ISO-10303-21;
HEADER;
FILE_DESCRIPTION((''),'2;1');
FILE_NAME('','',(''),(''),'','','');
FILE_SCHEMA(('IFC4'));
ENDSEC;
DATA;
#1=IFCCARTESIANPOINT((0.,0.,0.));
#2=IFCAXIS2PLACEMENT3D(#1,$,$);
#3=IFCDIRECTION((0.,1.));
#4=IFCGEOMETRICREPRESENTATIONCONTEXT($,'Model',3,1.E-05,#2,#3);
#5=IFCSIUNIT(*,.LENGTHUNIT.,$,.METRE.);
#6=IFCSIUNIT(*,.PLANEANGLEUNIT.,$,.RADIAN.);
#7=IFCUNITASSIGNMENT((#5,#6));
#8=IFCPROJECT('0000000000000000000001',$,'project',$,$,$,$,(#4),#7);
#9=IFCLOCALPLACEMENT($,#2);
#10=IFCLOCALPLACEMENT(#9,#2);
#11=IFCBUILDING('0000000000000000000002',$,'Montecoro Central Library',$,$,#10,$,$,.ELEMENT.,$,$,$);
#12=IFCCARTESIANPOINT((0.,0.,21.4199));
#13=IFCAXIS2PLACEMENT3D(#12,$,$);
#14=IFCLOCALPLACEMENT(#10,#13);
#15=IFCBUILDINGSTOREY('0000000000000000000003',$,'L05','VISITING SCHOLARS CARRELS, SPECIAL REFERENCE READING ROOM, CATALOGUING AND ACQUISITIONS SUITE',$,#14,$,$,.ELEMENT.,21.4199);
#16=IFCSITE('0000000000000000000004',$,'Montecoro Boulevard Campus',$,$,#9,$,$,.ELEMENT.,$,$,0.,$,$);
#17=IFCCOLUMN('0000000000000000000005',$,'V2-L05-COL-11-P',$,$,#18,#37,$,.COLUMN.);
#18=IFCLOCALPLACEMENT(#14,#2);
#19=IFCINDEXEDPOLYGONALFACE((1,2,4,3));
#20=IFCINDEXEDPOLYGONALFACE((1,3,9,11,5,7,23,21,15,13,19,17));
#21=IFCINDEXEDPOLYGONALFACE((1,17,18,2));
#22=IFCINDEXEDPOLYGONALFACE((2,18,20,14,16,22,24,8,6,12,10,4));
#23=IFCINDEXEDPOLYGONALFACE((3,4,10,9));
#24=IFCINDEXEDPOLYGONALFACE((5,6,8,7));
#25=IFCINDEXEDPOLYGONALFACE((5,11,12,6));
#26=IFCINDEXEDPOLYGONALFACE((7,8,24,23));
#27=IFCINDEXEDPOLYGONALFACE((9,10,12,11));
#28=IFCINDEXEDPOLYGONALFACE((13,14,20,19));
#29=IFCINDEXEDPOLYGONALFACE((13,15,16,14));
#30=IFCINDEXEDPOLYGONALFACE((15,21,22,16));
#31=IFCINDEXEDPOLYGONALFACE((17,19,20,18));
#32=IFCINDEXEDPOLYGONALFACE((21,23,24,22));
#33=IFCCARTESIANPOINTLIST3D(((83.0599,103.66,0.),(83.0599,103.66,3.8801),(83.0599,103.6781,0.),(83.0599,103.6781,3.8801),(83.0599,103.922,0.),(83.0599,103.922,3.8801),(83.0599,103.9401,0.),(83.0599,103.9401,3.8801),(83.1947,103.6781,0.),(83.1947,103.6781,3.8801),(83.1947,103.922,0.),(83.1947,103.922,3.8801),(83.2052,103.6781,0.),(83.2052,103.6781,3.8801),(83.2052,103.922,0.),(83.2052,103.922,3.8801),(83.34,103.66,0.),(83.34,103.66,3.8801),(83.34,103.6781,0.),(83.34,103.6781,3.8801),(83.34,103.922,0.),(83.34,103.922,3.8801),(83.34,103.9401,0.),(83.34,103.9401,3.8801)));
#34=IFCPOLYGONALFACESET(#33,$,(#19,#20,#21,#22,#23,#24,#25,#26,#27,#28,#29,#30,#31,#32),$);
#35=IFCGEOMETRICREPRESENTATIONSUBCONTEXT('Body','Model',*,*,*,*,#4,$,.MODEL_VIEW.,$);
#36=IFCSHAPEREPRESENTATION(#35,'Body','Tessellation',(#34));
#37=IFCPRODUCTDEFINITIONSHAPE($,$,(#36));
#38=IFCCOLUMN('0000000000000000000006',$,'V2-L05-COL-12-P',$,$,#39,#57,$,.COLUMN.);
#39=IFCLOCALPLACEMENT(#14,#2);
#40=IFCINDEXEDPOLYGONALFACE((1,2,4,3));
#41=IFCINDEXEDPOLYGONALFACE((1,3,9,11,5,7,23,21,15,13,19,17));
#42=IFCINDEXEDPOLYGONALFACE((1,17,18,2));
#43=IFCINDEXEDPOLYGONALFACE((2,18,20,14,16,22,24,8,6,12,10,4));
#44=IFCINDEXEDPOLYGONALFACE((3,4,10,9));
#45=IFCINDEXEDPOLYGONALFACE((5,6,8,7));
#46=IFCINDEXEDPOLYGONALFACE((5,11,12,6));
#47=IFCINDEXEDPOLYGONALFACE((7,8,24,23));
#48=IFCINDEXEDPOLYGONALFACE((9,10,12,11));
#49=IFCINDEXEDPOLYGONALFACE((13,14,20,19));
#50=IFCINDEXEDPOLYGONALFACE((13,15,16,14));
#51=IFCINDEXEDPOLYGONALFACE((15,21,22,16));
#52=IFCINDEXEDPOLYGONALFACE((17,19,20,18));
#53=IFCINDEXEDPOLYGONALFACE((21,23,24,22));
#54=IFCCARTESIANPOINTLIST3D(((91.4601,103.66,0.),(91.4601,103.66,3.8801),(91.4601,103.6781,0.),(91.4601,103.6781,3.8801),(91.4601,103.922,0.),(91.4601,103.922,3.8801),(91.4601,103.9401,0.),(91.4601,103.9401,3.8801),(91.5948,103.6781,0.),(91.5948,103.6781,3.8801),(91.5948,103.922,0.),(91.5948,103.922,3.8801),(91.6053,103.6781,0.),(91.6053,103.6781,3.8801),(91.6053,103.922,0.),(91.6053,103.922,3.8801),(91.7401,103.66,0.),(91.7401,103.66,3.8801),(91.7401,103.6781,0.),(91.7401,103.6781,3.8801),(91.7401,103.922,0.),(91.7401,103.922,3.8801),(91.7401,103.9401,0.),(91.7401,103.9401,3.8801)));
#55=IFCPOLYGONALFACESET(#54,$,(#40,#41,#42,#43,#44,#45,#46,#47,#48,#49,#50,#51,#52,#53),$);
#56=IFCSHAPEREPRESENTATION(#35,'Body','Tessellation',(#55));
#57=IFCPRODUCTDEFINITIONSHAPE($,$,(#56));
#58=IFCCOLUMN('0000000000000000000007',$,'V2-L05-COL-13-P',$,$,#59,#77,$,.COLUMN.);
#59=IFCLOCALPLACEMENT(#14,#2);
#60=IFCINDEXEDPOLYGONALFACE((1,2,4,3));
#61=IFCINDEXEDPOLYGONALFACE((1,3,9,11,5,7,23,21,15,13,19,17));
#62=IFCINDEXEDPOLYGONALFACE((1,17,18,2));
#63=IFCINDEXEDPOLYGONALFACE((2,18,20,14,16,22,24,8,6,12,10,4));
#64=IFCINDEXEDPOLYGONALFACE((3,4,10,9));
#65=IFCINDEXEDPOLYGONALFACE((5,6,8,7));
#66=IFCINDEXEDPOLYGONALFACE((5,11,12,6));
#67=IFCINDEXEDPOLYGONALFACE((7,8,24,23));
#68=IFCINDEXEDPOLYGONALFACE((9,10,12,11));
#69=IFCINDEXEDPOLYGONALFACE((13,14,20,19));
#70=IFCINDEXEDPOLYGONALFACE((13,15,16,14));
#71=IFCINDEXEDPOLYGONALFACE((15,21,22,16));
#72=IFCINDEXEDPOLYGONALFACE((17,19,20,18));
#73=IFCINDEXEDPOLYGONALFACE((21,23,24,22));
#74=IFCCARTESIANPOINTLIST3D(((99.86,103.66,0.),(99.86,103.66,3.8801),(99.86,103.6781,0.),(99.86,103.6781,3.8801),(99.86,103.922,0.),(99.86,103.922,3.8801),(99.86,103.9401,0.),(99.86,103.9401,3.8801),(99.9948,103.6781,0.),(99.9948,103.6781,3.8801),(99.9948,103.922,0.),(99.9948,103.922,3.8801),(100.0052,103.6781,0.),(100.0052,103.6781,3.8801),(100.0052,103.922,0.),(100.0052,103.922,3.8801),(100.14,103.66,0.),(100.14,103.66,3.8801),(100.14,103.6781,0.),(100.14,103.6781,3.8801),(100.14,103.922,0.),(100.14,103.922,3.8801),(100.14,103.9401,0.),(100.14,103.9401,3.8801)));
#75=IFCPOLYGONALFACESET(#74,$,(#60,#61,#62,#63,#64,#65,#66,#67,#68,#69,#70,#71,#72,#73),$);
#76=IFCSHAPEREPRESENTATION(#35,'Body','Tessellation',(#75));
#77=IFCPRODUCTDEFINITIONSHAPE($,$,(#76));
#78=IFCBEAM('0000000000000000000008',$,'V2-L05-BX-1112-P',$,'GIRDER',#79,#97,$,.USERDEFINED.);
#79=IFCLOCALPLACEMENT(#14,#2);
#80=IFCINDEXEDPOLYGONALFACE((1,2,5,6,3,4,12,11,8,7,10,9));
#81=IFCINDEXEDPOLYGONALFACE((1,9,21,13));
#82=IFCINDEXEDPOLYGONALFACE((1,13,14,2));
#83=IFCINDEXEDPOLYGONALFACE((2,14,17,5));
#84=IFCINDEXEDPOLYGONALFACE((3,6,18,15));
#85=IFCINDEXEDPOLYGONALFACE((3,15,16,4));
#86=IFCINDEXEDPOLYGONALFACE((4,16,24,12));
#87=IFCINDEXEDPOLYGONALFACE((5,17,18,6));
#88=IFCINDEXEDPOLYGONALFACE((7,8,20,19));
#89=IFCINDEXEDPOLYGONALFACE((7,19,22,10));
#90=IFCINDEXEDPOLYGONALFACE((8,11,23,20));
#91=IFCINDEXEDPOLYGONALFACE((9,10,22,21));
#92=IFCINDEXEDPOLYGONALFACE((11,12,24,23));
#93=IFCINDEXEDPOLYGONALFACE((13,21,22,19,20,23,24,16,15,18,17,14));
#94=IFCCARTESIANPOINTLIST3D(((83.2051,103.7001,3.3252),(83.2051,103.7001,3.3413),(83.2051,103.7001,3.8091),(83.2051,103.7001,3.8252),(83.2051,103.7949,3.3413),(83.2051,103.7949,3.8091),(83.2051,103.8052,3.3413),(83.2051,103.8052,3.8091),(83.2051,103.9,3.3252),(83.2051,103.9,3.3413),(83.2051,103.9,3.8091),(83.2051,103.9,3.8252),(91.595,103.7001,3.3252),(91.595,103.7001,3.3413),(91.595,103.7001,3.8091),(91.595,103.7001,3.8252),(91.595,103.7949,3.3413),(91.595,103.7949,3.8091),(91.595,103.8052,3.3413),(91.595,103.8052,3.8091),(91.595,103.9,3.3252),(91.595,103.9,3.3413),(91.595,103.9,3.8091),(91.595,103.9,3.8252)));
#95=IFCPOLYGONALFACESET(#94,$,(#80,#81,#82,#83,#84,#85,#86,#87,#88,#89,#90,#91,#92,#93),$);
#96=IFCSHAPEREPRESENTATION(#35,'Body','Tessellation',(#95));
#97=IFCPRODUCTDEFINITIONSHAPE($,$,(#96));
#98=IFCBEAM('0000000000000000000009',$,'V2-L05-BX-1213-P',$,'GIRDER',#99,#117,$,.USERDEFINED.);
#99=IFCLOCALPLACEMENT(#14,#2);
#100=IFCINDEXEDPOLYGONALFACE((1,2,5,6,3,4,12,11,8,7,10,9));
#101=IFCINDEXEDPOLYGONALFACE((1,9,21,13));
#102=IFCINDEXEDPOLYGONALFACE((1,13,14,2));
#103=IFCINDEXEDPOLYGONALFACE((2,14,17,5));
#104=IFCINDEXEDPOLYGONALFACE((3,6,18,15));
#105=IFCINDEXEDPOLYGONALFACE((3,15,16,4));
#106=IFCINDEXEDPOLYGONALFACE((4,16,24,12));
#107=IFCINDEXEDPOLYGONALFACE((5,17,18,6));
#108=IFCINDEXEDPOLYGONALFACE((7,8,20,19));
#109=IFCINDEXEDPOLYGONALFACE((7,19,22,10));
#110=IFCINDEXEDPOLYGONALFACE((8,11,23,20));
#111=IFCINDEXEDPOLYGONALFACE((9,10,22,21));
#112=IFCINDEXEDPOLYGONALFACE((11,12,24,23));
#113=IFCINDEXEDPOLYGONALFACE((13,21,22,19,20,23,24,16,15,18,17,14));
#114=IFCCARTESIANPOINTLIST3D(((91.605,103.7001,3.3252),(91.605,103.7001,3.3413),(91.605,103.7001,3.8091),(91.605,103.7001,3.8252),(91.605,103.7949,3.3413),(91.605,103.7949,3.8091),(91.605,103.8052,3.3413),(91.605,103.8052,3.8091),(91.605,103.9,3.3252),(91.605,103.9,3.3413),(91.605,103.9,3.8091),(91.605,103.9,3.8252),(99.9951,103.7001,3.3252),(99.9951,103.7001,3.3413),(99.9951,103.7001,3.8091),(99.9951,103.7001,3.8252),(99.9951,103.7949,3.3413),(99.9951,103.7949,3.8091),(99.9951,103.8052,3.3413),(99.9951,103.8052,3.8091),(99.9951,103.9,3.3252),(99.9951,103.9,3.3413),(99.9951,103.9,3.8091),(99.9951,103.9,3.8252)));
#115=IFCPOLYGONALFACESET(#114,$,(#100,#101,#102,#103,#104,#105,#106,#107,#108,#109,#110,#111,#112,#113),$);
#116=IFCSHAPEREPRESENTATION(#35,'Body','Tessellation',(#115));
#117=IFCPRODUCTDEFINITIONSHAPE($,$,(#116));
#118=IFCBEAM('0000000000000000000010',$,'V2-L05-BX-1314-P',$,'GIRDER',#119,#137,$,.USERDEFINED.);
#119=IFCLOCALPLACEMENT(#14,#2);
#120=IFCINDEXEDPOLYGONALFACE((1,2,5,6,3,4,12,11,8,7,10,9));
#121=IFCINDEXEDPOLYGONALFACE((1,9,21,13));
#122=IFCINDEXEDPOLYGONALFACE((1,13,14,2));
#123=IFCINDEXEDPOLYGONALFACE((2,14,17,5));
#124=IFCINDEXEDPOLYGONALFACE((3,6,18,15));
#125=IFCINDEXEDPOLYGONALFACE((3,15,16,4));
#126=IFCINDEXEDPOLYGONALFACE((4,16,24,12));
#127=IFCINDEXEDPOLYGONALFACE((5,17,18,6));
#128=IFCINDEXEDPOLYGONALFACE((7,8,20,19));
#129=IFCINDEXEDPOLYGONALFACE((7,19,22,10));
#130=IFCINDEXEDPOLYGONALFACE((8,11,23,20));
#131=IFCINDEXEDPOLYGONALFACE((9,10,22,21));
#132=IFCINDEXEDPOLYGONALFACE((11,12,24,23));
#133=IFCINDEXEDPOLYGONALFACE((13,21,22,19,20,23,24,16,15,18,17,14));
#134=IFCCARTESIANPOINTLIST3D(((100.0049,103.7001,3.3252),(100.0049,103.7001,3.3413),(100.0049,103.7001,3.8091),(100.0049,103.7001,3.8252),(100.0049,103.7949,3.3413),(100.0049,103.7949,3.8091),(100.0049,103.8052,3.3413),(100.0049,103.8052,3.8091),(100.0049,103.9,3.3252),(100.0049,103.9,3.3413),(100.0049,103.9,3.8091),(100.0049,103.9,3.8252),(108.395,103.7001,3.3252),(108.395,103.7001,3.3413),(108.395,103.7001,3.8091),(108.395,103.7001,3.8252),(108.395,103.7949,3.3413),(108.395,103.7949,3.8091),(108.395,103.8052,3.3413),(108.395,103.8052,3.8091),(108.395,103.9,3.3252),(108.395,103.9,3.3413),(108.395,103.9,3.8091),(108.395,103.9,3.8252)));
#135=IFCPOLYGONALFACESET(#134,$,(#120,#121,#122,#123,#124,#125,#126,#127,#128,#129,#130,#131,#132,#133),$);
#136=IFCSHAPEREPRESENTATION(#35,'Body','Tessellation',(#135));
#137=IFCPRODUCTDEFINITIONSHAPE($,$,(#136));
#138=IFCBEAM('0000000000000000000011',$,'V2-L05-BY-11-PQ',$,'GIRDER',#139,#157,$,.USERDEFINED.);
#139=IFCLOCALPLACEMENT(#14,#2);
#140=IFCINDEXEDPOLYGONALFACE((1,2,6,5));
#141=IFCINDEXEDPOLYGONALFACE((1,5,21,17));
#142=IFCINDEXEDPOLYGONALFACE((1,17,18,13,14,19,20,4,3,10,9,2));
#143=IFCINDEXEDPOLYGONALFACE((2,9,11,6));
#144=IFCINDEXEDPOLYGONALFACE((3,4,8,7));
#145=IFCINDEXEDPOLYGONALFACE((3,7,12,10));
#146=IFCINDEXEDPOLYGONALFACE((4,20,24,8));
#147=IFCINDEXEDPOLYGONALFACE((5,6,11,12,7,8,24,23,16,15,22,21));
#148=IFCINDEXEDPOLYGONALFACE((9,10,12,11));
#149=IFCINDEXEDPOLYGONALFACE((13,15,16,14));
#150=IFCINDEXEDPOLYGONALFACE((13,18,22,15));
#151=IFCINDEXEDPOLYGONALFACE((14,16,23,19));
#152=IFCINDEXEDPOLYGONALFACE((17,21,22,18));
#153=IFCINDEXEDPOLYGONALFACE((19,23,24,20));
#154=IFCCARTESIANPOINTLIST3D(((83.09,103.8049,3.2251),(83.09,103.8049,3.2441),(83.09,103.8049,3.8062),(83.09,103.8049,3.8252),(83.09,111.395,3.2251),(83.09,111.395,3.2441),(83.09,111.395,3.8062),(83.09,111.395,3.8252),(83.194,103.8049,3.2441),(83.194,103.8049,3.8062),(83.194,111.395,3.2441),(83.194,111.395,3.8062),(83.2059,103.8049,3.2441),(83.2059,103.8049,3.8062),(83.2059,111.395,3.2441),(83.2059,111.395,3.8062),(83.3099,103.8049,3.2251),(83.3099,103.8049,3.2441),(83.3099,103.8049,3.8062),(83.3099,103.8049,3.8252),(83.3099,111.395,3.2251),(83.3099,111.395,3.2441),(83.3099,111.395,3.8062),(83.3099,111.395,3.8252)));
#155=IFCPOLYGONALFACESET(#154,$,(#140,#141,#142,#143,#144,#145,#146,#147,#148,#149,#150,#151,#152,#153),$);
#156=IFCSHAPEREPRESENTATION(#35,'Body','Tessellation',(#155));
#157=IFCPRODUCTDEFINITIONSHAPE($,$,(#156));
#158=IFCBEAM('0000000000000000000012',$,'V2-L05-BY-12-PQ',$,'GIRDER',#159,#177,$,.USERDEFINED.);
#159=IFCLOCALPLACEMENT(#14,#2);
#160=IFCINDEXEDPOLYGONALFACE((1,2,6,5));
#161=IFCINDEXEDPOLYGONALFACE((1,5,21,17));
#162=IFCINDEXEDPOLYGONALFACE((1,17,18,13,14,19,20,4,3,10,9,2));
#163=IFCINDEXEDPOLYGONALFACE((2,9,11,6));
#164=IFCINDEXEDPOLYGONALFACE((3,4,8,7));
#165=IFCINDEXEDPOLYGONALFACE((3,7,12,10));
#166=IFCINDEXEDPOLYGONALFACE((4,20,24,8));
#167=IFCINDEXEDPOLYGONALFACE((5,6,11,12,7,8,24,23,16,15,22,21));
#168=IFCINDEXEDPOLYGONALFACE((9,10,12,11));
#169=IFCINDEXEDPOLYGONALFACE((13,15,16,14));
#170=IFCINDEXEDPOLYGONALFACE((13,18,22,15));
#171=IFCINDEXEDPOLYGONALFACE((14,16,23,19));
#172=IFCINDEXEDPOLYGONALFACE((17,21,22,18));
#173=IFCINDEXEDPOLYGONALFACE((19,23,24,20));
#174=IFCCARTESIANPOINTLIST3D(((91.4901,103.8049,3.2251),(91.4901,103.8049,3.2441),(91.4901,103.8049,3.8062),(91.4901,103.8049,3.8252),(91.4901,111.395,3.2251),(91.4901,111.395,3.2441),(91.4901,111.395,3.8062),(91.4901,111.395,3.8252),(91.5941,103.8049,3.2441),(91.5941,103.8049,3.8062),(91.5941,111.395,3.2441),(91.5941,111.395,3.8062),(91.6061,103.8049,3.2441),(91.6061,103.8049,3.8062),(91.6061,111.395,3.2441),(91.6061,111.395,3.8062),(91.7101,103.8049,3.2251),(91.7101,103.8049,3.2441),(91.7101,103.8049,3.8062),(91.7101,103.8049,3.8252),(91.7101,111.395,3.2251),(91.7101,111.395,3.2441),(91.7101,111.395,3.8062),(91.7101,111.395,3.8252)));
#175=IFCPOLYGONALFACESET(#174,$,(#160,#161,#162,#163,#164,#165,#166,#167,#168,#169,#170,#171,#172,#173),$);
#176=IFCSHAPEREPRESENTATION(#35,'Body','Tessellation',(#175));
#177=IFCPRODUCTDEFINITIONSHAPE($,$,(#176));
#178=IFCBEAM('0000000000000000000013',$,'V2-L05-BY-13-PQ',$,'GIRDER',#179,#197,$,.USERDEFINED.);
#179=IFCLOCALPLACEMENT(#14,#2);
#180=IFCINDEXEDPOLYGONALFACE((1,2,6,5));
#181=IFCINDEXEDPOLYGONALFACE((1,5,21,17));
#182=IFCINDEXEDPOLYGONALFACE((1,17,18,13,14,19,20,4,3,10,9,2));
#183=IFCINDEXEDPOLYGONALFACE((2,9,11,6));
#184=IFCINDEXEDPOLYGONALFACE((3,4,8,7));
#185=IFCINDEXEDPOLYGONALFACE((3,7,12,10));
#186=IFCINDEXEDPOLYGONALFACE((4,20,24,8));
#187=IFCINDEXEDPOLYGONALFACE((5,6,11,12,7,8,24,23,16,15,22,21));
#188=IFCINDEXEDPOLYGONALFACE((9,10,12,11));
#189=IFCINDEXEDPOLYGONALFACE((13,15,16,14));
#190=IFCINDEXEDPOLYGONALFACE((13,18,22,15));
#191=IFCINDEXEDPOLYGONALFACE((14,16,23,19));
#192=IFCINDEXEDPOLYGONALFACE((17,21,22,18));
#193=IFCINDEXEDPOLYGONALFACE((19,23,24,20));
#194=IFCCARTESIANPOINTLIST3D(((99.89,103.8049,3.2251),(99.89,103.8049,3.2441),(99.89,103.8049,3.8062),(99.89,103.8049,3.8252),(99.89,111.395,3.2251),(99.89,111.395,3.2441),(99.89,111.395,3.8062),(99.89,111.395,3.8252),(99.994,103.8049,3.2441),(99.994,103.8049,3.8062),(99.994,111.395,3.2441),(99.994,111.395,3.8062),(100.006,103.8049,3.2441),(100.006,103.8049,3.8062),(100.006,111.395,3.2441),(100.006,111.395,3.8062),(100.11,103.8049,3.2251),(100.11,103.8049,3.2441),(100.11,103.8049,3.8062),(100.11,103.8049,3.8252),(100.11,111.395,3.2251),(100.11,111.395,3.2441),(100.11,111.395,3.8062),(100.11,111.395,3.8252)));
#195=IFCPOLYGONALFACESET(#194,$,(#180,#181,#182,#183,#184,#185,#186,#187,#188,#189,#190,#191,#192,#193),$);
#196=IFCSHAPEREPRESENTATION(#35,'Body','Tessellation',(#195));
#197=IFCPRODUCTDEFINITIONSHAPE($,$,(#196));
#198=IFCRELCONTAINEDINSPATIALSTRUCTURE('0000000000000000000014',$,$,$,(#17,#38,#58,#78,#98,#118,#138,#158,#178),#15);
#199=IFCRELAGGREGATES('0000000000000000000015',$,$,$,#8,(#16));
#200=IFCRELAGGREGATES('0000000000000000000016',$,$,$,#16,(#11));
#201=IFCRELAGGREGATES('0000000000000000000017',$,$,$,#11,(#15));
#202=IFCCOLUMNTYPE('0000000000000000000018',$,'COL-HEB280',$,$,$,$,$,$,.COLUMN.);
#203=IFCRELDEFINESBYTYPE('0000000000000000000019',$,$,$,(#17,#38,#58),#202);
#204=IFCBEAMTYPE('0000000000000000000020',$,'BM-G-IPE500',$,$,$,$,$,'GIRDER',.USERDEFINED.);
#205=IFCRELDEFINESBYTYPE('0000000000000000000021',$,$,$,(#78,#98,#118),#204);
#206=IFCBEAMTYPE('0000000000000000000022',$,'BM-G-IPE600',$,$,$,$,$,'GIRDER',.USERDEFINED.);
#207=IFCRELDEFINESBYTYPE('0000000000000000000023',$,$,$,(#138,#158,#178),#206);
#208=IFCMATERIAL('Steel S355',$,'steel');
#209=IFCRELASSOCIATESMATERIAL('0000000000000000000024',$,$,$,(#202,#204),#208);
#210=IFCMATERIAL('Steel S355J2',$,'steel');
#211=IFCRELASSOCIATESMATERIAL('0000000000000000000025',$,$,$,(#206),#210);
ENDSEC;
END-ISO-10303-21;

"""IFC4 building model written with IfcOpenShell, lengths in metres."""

from ifc_helpers import new_model, si_unit, direction, frame, origin, origin_2d, place, context, subcontext, project, spatial, i_section, extrude, material, material_profile, profile_set, type_object, element, save


model = new_model("IFC4")

# Units and contexts
model_context = context("Model", 3, precision=1e-05, world=origin(), true_north=direction((0.0, 1.0)))
body_context = subcontext(model_context, "Body", "Model", "MODEL_VIEW")
ifc_project = project(units=[si_unit("LENGTHUNIT", "METRE"), si_unit("PLANEANGLEUNIT", "RADIAN")], contexts=[model_context])

# Site, building, storey
site_placement = place(None, origin())
site = spatial("IfcSite", under=ifc_project, at=site_placement, Name="Montecoro Boulevard Campus", CompositionType="ELEMENT", RefElevation=0.0)
building_placement = place(site_placement, origin())
building = spatial("IfcBuilding", under=site, at=building_placement, Name="Montecoro Central Library", CompositionType="ELEMENT")
storey_placement = place(building_placement, frame((0.0, 0.0, 21.4199)))
storey = spatial("IfcBuildingStorey", under=building, at=storey_placement, Name="L05", Description="VISITING SCHOLARS CARRELS, SPECIAL REFERENCE READING ROOM, CATALOGUING AND ACQUISITIONS SUITE", CompositionType="ELEMENT", Elevation=21.4199)

# Columns
ifc_material_1 = material(Name="Steel S355", Category="steel")
ifc_material_profile_1 = material_profile(ifc_material_1, i_section(OverallWidth=0.28, OverallDepth=0.28, WebThickness=0.0105, FlangeThickness=0.0181, at=origin_2d()), Name="HEB 280")
ifc_profile_set_1 = profile_set([ifc_material_profile_1], Name="Steel S355")
column_type = type_object("IfcColumnType", Name="COL-HEB280", PredefinedType="COLUMN", material=ifc_profile_set_1)
for number, where, z_axis, x_axis, name in (
    (1, (83.2, 103.8, 0.0), (0.0, 0.0, 1.0), (1.0, 0.0, 0.0), "V2-L05-COL-11-P"),
    (2, (91.6001, 103.8, 0.0), (0.0, 0.0, 1.0), (1.0, 0.0, 0.0), "V2-L05-COL-12-P"),
    (3, (100.0, 103.8, 0.0), (0.0, 0.0, 1.0), (1.0, 0.0, 0.0), "V2-L05-COL-13-P"),
):
    element("IfcColumn", number, at=place(storey_placement, frame(where, z_axis=z_axis, x_axis=x_axis)), inside=storey, type_object=column_type, Name=name, PredefinedType="COLUMN", context=body_context, shape_type="SweptSolid", body=[
        extrude(i_section(OverallWidth=0.28, OverallDepth=0.28, WebThickness=0.0105, FlangeThickness=0.0181, at=origin_2d()), origin(), (0.0, 0.0, 1.0), 3.8801),
    ])

# Beams
ifc_material_profile_2 = material_profile(ifc_material_1, i_section(OverallWidth=0.2, OverallDepth=0.5, WebThickness=0.0103, FlangeThickness=0.0161, at=origin_2d()), Name="IPE 500")
ifc_profile_set_2 = profile_set([ifc_material_profile_2], Name="Steel S355")
beam_type_1 = type_object("IfcBeamType", Name="BM-G-IPE500", ElementType="GIRDER", PredefinedType="USERDEFINED", material=ifc_profile_set_2)
beam_placement = place(storey_placement, frame((83.2051, 103.8, 3.5752), z_axis=(1.0, 0.0, 0.0), x_axis=(0.0, 1.0, 0.0)))
element("IfcBeam", 4, at=beam_placement, inside=storey, type_object=beam_type_1, Name="V2-L05-BX-1112-P", ObjectType="GIRDER", PredefinedType="USERDEFINED", context=body_context, shape_type="SweptSolid", body=[
    extrude(i_section(OverallWidth=0.2, OverallDepth=0.5, WebThickness=0.0103, FlangeThickness=0.0161, at=origin_2d()), origin(), (0.0, 0.0, 1.0), 8.3899),
])
for number, where, z_axis, x_axis, name in (
    (5, (91.605, 103.8, 3.5752), (1.0, 0.0, 0.0), (0.0, 1.0, 0.0), "V2-L05-BX-1213-P"),
    (6, (100.0049, 103.8, 3.5752), (1.0, 0.0, 0.0), (0.0, 1.0, 0.0), "V2-L05-BX-1314-P"),
):
    element("IfcBeam", number, at=place(storey_placement, frame(where, z_axis=z_axis, x_axis=x_axis)), inside=storey, type_object=beam_type_1, Name=name, ObjectType="GIRDER", PredefinedType="USERDEFINED", context=body_context, shape_type="SweptSolid", body=[
        extrude(i_section(OverallWidth=0.2, OverallDepth=0.5, WebThickness=0.0103, FlangeThickness=0.0161, at=origin_2d()), origin(), (0.0, 0.0, 1.0), 8.3901),
    ])
ifc_material_2 = material(Name="Steel S355J2", Category="steel")
ifc_material_profile_3 = material_profile(ifc_material_2, i_section(OverallWidth=0.22, OverallDepth=0.6001, WebThickness=0.012, FlangeThickness=0.019, at=origin_2d()), Name="IPE 600")
ifc_profile_set_3 = profile_set([ifc_material_profile_3], Name="Steel S355J2")
beam_type_2 = type_object("IfcBeamType", Name="BM-G-IPE600", ElementType="GIRDER", PredefinedType="USERDEFINED", material=ifc_profile_set_3)
for number, where, z_axis, x_axis, name in (
    (7, (83.2, 103.8049, 3.5251), (0.0, 1.0, 0.0), (-1.0, 0.0, 0.0), "V2-L05-BY-11-PQ"),
    (8, (91.6001, 103.8049, 3.5251), (0.0, 1.0, 0.0), (-1.0, 0.0, 0.0), "V2-L05-BY-12-PQ"),
    (9, (100.0, 103.8049, 3.5251), (0.0, 1.0, 0.0), (-1.0, 0.0, 0.0), "V2-L05-BY-13-PQ"),
):
    element("IfcBeam", number, at=place(storey_placement, frame(where, z_axis=z_axis, x_axis=x_axis)), inside=storey, type_object=beam_type_2, Name=name, ObjectType="GIRDER", PredefinedType="USERDEFINED", context=body_context, shape_type="SweptSolid", body=[
        extrude(i_section(OverallWidth=0.22, OverallDepth=0.6001, WebThickness=0.012, FlangeThickness=0.019, at=origin_2d()), origin(), (0.0, 0.0, 1.0), 7.5901),
    ])

save(model, "model.ifc")
